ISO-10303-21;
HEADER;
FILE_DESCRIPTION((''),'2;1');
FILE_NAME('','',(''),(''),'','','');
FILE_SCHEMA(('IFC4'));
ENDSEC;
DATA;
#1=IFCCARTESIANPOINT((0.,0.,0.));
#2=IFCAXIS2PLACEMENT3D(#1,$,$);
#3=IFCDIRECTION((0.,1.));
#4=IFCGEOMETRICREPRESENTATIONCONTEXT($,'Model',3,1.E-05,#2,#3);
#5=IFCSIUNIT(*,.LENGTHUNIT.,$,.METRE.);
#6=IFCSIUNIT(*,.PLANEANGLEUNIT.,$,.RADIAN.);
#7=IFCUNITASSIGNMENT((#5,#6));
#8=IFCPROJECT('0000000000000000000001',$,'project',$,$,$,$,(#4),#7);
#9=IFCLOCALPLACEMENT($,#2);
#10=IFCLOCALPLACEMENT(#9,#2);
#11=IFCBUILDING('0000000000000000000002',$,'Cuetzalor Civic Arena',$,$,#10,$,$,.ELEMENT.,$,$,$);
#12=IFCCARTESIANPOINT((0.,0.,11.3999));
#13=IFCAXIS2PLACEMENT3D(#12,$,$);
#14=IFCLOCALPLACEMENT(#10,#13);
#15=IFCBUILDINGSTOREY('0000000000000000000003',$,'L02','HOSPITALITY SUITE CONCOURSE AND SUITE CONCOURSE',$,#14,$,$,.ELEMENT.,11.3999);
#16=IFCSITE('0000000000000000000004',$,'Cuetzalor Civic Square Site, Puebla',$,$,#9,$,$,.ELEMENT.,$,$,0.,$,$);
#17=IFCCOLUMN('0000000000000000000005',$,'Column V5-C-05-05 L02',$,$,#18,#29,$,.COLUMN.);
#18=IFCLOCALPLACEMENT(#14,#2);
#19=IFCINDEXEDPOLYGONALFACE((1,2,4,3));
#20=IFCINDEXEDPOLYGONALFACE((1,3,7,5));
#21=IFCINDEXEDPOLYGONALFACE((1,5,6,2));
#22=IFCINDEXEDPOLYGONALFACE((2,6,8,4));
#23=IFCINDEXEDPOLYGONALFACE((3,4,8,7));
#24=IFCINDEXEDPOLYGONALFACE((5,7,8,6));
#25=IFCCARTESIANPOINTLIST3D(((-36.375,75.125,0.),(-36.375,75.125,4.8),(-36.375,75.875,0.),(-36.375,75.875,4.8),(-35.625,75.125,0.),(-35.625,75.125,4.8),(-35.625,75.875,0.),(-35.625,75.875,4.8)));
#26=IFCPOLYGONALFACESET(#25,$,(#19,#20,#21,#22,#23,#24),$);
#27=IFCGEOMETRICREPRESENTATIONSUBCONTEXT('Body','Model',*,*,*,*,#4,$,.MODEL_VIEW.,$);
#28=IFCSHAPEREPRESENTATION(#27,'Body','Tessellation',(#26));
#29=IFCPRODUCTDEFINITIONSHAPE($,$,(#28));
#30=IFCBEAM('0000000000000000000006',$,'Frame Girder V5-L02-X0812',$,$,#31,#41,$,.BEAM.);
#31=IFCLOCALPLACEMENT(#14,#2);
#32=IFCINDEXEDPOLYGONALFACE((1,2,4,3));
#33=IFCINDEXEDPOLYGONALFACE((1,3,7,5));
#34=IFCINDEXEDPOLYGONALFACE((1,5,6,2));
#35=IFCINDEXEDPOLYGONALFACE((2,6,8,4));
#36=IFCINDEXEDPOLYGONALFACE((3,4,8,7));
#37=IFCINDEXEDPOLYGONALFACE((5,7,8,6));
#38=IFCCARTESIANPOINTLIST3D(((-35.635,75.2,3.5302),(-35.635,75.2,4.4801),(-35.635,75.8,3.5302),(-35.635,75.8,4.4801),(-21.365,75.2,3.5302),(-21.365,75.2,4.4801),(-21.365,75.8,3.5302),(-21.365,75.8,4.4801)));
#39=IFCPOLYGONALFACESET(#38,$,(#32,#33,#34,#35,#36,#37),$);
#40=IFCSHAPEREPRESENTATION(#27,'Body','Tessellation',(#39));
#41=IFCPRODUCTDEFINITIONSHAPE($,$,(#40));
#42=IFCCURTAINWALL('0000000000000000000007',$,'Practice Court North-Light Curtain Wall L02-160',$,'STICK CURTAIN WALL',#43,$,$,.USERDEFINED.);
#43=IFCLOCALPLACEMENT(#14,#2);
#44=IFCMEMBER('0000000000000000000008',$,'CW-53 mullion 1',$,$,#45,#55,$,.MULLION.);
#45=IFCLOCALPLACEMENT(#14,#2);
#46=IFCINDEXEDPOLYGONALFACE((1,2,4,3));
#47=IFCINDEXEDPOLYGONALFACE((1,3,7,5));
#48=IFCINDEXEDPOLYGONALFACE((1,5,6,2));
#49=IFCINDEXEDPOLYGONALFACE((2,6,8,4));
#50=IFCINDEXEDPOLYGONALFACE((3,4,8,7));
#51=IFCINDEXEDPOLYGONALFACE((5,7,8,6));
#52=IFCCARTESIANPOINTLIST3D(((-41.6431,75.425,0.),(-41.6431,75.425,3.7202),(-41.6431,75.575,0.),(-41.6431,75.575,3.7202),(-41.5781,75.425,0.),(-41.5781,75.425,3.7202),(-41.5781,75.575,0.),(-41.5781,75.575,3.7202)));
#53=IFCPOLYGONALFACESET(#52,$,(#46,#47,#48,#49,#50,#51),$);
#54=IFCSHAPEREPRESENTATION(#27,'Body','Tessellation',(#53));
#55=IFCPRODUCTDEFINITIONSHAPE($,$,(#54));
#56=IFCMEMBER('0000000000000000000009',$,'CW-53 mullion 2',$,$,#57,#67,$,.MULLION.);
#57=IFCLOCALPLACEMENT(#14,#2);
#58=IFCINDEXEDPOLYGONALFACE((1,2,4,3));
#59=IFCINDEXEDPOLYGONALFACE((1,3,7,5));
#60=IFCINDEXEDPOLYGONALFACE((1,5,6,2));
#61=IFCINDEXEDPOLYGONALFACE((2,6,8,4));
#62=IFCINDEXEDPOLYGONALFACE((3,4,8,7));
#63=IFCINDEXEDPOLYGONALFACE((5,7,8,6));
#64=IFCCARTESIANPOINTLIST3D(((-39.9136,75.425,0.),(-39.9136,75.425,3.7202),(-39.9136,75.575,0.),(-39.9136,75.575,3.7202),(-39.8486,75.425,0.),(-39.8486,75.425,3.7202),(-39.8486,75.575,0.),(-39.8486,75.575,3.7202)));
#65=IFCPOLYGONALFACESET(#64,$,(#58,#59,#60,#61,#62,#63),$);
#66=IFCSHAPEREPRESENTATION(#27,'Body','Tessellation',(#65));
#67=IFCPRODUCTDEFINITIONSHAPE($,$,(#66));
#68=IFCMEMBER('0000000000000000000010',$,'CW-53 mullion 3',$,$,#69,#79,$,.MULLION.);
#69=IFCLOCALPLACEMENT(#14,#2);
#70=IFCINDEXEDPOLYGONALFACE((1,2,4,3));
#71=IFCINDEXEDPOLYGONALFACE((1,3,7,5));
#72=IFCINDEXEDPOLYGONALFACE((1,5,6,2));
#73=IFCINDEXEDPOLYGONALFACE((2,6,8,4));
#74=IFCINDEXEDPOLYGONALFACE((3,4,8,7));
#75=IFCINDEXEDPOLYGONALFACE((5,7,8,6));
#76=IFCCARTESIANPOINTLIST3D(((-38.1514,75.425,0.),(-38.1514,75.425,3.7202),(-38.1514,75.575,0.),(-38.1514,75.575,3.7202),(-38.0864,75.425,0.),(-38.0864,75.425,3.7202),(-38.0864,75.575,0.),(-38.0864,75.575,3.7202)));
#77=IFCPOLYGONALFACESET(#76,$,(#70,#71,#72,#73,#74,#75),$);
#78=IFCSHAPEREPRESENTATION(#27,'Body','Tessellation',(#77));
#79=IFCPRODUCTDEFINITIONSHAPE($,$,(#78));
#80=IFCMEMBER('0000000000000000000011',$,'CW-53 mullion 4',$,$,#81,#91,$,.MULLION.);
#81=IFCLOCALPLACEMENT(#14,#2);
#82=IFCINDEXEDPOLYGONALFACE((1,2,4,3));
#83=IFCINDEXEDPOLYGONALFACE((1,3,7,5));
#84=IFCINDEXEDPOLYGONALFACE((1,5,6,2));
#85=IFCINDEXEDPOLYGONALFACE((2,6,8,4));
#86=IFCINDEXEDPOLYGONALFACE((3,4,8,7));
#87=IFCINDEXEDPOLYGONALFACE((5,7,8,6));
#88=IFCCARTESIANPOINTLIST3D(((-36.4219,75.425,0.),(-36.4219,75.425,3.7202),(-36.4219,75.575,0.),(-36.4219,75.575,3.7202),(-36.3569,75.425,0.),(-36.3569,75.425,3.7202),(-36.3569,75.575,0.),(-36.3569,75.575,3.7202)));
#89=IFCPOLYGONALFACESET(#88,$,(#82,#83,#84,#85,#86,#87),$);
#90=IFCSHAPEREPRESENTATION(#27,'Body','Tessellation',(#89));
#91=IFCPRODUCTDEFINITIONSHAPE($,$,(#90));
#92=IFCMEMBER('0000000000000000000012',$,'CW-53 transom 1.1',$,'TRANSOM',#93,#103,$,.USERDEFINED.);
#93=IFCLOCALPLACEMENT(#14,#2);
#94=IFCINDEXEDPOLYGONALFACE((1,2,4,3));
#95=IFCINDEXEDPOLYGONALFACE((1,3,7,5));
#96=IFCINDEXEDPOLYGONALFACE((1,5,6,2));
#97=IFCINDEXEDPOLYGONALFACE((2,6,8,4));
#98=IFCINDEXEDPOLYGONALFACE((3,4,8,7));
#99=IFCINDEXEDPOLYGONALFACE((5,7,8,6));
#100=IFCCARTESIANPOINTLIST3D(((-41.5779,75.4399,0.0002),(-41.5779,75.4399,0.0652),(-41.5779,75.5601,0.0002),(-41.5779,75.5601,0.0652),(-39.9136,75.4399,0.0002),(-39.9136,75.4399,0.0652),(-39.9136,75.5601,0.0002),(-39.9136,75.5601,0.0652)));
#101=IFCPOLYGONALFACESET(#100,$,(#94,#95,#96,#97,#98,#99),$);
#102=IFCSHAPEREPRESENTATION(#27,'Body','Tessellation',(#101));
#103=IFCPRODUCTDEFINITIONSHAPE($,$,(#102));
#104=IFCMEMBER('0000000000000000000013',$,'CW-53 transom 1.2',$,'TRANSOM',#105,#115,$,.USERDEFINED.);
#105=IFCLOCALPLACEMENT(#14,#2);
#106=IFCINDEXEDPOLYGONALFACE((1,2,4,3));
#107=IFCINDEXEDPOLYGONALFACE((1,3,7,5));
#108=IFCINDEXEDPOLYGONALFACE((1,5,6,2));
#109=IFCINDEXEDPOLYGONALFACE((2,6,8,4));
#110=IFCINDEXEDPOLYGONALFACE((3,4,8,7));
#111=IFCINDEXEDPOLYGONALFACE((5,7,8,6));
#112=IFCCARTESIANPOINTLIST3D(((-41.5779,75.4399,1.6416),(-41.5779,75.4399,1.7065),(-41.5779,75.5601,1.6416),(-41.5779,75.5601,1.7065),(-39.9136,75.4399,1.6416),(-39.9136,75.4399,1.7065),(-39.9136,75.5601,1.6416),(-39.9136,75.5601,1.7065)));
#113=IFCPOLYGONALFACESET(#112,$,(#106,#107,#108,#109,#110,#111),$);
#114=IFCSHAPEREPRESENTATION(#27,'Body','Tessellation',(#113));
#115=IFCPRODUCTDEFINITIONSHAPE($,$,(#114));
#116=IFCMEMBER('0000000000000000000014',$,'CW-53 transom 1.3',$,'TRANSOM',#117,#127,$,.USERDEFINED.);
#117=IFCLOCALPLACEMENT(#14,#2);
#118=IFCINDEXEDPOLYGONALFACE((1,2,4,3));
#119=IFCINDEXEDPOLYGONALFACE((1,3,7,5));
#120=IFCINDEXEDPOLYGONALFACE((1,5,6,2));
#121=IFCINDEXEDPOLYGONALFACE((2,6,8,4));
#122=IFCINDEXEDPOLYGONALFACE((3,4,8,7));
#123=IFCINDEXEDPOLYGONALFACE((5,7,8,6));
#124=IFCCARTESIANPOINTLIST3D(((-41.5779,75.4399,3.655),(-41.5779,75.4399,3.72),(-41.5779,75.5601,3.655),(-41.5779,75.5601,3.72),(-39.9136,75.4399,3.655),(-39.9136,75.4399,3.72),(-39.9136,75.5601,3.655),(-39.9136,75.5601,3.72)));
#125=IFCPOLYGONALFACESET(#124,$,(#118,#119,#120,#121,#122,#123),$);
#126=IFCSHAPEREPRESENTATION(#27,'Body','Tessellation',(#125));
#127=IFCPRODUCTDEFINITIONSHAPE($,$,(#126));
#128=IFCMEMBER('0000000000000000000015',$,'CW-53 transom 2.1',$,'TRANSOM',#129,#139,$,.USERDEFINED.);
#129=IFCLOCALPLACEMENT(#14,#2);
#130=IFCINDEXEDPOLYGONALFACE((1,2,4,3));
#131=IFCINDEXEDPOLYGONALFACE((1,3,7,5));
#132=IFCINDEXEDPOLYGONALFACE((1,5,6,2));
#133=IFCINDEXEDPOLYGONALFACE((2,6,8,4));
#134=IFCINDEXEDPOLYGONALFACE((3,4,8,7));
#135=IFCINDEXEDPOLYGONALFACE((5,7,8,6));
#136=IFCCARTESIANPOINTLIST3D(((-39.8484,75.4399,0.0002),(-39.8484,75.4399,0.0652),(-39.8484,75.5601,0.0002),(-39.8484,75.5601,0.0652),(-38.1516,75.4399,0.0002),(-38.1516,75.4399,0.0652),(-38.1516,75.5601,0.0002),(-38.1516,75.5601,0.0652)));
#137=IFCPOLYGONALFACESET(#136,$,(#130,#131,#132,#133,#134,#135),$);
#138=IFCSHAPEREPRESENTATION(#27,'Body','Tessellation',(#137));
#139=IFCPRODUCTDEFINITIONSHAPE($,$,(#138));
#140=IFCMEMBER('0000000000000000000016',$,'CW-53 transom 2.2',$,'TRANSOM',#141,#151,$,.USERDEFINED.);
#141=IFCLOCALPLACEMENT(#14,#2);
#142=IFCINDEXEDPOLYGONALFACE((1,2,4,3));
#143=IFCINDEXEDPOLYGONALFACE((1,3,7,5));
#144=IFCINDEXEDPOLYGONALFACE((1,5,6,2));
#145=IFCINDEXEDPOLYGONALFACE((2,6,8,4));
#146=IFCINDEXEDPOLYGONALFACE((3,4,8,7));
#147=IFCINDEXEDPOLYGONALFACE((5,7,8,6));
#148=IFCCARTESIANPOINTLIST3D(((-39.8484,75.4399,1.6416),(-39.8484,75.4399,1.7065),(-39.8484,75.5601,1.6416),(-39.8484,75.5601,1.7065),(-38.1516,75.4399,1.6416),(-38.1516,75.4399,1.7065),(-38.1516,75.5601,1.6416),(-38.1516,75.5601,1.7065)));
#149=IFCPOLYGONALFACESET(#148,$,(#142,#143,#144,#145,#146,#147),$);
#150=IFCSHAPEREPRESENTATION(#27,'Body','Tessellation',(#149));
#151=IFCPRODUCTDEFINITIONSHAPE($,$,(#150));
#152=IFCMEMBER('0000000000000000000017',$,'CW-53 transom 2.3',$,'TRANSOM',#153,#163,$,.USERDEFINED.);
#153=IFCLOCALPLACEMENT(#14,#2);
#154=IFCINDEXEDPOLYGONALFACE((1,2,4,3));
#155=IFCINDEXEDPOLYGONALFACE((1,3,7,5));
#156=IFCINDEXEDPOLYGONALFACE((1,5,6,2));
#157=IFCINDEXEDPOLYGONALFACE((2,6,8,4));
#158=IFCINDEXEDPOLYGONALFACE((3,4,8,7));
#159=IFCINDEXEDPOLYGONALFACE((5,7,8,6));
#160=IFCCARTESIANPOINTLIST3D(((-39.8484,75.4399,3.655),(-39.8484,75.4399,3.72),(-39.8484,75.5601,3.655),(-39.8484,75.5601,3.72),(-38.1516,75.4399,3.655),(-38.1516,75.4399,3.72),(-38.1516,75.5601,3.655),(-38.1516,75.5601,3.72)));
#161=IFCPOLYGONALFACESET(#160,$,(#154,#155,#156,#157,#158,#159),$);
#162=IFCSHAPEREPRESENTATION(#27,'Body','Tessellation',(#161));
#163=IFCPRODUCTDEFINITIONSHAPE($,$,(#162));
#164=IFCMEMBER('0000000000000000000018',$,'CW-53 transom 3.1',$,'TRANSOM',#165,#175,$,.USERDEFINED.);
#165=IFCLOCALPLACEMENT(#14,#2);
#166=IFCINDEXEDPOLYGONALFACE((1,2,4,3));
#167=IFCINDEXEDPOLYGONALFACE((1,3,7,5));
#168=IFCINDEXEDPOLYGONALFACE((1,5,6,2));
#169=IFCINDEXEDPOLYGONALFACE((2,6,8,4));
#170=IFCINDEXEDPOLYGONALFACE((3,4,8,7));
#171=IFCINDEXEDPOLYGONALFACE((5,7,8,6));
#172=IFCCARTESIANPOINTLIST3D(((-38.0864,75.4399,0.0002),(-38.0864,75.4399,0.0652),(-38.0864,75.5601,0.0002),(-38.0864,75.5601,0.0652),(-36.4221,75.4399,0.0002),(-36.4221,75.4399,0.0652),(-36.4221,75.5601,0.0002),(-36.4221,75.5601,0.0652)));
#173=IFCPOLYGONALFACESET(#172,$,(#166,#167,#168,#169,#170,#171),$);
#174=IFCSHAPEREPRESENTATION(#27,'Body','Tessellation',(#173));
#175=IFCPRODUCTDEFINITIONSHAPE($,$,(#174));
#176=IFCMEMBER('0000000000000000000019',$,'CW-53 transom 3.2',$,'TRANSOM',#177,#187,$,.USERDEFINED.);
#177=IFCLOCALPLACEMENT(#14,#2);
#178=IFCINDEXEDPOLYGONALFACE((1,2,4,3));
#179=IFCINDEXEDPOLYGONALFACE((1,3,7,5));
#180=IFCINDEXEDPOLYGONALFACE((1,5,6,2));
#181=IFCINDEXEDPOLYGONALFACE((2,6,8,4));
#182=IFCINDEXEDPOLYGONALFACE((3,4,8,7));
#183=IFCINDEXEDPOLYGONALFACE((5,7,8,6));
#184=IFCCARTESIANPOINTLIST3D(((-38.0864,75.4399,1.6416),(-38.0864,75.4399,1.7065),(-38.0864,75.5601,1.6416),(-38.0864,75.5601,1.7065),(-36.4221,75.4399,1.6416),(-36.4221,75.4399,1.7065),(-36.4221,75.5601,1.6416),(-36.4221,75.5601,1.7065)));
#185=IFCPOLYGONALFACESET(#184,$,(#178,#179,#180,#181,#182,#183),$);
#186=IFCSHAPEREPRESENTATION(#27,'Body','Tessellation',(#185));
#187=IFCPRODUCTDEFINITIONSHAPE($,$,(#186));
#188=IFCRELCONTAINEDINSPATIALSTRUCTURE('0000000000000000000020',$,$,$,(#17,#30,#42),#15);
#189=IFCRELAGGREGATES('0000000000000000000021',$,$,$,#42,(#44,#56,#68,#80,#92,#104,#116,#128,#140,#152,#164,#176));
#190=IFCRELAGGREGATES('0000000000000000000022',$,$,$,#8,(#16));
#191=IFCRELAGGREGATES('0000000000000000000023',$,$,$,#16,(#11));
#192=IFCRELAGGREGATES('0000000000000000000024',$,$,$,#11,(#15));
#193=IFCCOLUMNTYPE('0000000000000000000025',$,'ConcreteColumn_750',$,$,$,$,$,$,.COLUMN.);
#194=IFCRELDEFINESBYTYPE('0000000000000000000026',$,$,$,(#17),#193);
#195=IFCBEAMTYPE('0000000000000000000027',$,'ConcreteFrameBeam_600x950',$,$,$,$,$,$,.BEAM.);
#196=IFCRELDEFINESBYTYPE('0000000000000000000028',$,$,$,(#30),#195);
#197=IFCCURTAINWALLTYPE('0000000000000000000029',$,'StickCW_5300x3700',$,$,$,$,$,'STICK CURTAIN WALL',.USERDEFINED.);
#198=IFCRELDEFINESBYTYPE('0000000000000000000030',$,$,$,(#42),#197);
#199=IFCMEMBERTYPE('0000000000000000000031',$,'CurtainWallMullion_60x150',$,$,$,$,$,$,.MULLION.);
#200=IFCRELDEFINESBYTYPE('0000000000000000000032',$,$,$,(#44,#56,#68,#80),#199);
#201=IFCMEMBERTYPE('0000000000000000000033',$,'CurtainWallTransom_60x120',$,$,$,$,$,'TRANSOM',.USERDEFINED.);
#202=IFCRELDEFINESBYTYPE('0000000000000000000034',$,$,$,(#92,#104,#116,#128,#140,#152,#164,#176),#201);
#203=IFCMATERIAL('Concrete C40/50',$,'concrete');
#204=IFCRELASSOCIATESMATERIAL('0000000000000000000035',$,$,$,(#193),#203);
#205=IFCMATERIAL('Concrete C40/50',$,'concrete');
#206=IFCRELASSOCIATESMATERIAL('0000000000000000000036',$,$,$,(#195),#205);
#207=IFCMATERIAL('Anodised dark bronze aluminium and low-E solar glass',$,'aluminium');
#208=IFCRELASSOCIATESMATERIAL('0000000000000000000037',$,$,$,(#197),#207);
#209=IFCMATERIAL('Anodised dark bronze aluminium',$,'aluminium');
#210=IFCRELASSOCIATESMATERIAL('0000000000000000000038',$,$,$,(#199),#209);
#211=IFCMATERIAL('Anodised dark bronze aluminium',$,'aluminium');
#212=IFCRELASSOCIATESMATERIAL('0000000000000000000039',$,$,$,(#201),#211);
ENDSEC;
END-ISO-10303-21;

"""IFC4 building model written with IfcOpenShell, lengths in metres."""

from ifc_helpers import new_model, si_unit, direction, frame, origin, origin_2d, place, context, subcontext, project, spatial, rectangle, extrude, material, material_profile, profile_set, type_object, element, aggregate, save


model = new_model("IFC4")

# Units and contexts
model_context = context("Model", 3, precision=1e-05, world=origin(), true_north=direction((0.0, 1.0)))
body_context = subcontext(model_context, "Body", "Model", "MODEL_VIEW")
ifc_project = project(units=[si_unit("LENGTHUNIT", "METRE"), si_unit("PLANEANGLEUNIT", "RADIAN")], contexts=[model_context])

# Site, building, storey
site_placement = place(None, origin())
site = spatial("IfcSite", under=ifc_project, at=site_placement, Name="Cuetzalor Civic Square Site, Puebla", CompositionType="ELEMENT", RefElevation=0.0)
building_placement = place(site_placement, origin())
building = spatial("IfcBuilding", under=site, at=building_placement, Name="Cuetzalor Civic Arena", CompositionType="ELEMENT")
storey_placement = place(building_placement, frame((0.0, 0.0, 11.3999)))
storey = spatial("IfcBuildingStorey", under=building, at=storey_placement, Name="L02", Description="HOSPITALITY SUITE CONCOURSE AND SUITE CONCOURSE", CompositionType="ELEMENT", Elevation=11.3999)

# Column
ifc_material_1 = material(Name="Concrete C40/50", Category="concrete")
ifc_material_profile_1 = material_profile(ifc_material_1, rectangle(XDim=0.75, YDim=0.75, at=origin_2d()), Name="RC 750x750")
ifc_profile_set_1 = profile_set([ifc_material_profile_1], Name="Concrete C40/50")
column_type = type_object("IfcColumnType", Name="ConcreteColumn_750", PredefinedType="COLUMN", material=ifc_profile_set_1)
column_placement = place(storey_placement, frame((-36.0, 75.5, 0.0), z_axis=(0.0, 0.0, 1.0), x_axis=(1.0, 0.0, 0.0)))
element("IfcColumn", 1, at=column_placement, inside=storey, type_object=column_type, Name="Column V5-C-05-05 L02", PredefinedType="COLUMN", context=body_context, shape_type="SweptSolid", body=[
    extrude(rectangle(XDim=0.75, YDim=0.75, at=origin_2d()), origin(), (0.0, 0.0, 1.0), 4.8),
])

# Beam
ifc_material_2 = material(Name="Concrete C40/50", Category="concrete")
ifc_material_profile_2 = material_profile(ifc_material_2, rectangle(XDim=0.6001, YDim=0.95, at=origin_2d()), Name="RC 600x950")
ifc_profile_set_2 = profile_set([ifc_material_profile_2], Name="Concrete C40/50")
beam_type = type_object("IfcBeamType", Name="ConcreteFrameBeam_600x950", PredefinedType="BEAM", material=ifc_profile_set_2)
beam_placement = place(storey_placement, frame((-35.635, 75.5, 4.0051), z_axis=(1.0, 0.0, 0.0), x_axis=(0.0, 1.0, 0.0)))
element("IfcBeam", 2, at=beam_placement, inside=storey, type_object=beam_type, Name="Frame Girder V5-L02-X0812", PredefinedType="BEAM", context=body_context, shape_type="SweptSolid", body=[
    extrude(rectangle(XDim=0.6001, YDim=0.95, at=origin_2d()), origin(), (0.0, 0.0, 1.0), 14.27),
])

# Curtain wall, members
ifc_material_3 = material(Name="Anodised dark bronze aluminium and low-E solar glass", Category="aluminium")
curtain_wall_type = type_object("IfcCurtainWallType", Name="StickCW_5300x3700", ElementType="STICK CURTAIN WALL", PredefinedType="USERDEFINED", material=ifc_material_3)
curtain_wall_placement = place(storey_placement, origin())
curtain_wall = element("IfcCurtainWall", 3, at=curtain_wall_placement, inside=storey, type_object=curtain_wall_type, Name="Practice Court North-Light Curtain Wall L02-160", ObjectType="STICK CURTAIN WALL", PredefinedType="USERDEFINED")
ifc_material_4 = material(Name="Anodised dark bronze aluminium", Category="aluminium")
ifc_material_profile_3 = material_profile(ifc_material_4, rectangle(XDim=0.0649, YDim=0.1499, at=origin_2d()), Name="ALU MULLION 65x150")
ifc_profile_set_3 = profile_set([ifc_material_profile_3], Name="Anodised dark bronze aluminium")
member_type_1 = type_object("IfcMemberType", Name="CurtainWallMullion_60x150", PredefinedType="MULLION", material=ifc_profile_set_3)
member_1_placement = place(storey_placement, frame((-41.6106, 75.5, 0.0), z_axis=(0.0, 0.0, 1.0), x_axis=(1.0, 0.0, 0.0)))
member_1 = element("IfcMember", 4, at=member_1_placement, type_object=member_type_1, Name="CW-53 mullion 1", PredefinedType="MULLION", context=body_context, shape_type="SweptSolid", body=[
    extrude(rectangle(XDim=0.0649, YDim=0.1499, at=origin_2d()), origin(), (0.0, 0.0, 1.0), 3.7202),
])
member_2_placement = place(storey_placement, frame((-39.8811, 75.5, 0.0), z_axis=(0.0, 0.0, 1.0), x_axis=(1.0, 0.0, 0.0)))
member_2 = element("IfcMember", 5, at=member_2_placement, type_object=member_type_1, Name="CW-53 mullion 2", PredefinedType="MULLION", context=body_context, shape_type="SweptSolid", body=[
    extrude(rectangle(XDim=0.0649, YDim=0.1499, at=origin_2d()), origin(), (0.0, 0.0, 1.0), 3.7202),
])
member_3_placement = place(storey_placement, frame((-38.1189, 75.5, 0.0), z_axis=(0.0, 0.0, 1.0), x_axis=(1.0, 0.0, 0.0)))
member_3 = element("IfcMember", 6, at=member_3_placement, type_object=member_type_1, Name="CW-53 mullion 3", PredefinedType="MULLION", context=body_context, shape_type="SweptSolid", body=[
    extrude(rectangle(XDim=0.0649, YDim=0.1499, at=origin_2d()), origin(), (0.0, 0.0, 1.0), 3.7202),
])
member_4_placement = place(storey_placement, frame((-36.3894, 75.5, 0.0), z_axis=(0.0, 0.0, 1.0), x_axis=(1.0, 0.0, 0.0)))
member_4 = element("IfcMember", 7, at=member_4_placement, type_object=member_type_1, Name="CW-53 mullion 4", PredefinedType="MULLION", context=body_context, shape_type="SweptSolid", body=[
    extrude(rectangle(XDim=0.0649, YDim=0.1499, at=origin_2d()), origin(), (0.0, 0.0, 1.0), 3.7202),
])
ifc_material_5 = material(Name="Anodised dark bronze aluminium", Category="aluminium")
ifc_material_profile_4 = material_profile(ifc_material_5, rectangle(XDim=0.1201, YDim=0.0649, at=origin_2d()), Name="ALU TRANSOM 65x120")
ifc_profile_set_4 = profile_set([ifc_material_profile_4], Name="Anodised dark bronze aluminium")
member_type_2 = type_object("IfcMemberType", Name="CurtainWallTransom_60x120", ElementType="TRANSOM", PredefinedType="USERDEFINED", material=ifc_profile_set_4)
member_5_placement = place(storey_placement, frame((-41.5779, 75.5, 0.0327), z_axis=(1.0, 0.0, 0.0), x_axis=(0.0, 1.0, 0.0)))
member_5 = element("IfcMember", 8, at=member_5_placement, type_object=member_type_2, Name="CW-53 transom 1.1", ObjectType="TRANSOM", PredefinedType="USERDEFINED", context=body_context, shape_type="SweptSolid", body=[
    extrude(rectangle(XDim=0.1201, YDim=0.0649, at=origin_2d()), origin(), (0.0, 0.0, 1.0), 1.6643),
])
member_6_placement = place(storey_placement, frame((-41.5779, 75.5, 1.6741), z_axis=(1.0, 0.0, 0.0), x_axis=(0.0, 1.0, 0.0)))
member_6 = element("IfcMember", 9, at=member_6_placement, type_object=member_type_2, Name="CW-53 transom 1.2", ObjectType="TRANSOM", PredefinedType="USERDEFINED", context=body_context, shape_type="SweptSolid", body=[
    extrude(rectangle(XDim=0.1201, YDim=0.0649, at=origin_2d()), origin(), (0.0, 0.0, 1.0), 1.6643),
])
member_7_placement = place(storey_placement, frame((-41.5779, 75.5, 3.6875), z_axis=(1.0, 0.0, 0.0), x_axis=(0.0, 1.0, 0.0)))
member_7 = element("IfcMember", 10, at=member_7_placement, type_object=member_type_2, Name="CW-53 transom 1.3", ObjectType="TRANSOM", PredefinedType="USERDEFINED", context=body_context, shape_type="SweptSolid", body=[
    extrude(rectangle(XDim=0.1201, YDim=0.0649, at=origin_2d()), origin(), (0.0, 0.0, 1.0), 1.6643),
])
member_8_placement = place(storey_placement, frame((-39.8484, 75.5, 0.0327), z_axis=(1.0, 0.0, 0.0), x_axis=(0.0, 1.0, 0.0)))
member_8 = element("IfcMember", 11, at=member_8_placement, type_object=member_type_2, Name="CW-53 transom 2.1", ObjectType="TRANSOM", PredefinedType="USERDEFINED", context=body_context, shape_type="SweptSolid", body=[
    extrude(rectangle(XDim=0.1201, YDim=0.0649, at=origin_2d()), origin(), (0.0, 0.0, 1.0), 1.6968),
])
member_9_placement = place(storey_placement, frame((-39.8484, 75.5, 1.6741), z_axis=(1.0, 0.0, 0.0), x_axis=(0.0, 1.0, 0.0)))
member_9 = element("IfcMember", 12, at=member_9_placement, type_object=member_type_2, Name="CW-53 transom 2.2", ObjectType="TRANSOM", PredefinedType="USERDEFINED", context=body_context, shape_type="SweptSolid", body=[
    extrude(rectangle(XDim=0.1201, YDim=0.0649, at=origin_2d()), origin(), (0.0, 0.0, 1.0), 1.6968),
])
member_10_placement = place(storey_placement, frame((-39.8484, 75.5, 3.6875), z_axis=(1.0, 0.0, 0.0), x_axis=(0.0, 1.0, 0.0)))
member_10 = element("IfcMember", 13, at=member_10_placement, type_object=member_type_2, Name="CW-53 transom 2.3", ObjectType="TRANSOM", PredefinedType="USERDEFINED", context=body_context, shape_type="SweptSolid", body=[
    extrude(rectangle(XDim=0.1201, YDim=0.0649, at=origin_2d()), origin(), (0.0, 0.0, 1.0), 1.6968),
])
member_11_placement = place(storey_placement, frame((-38.0864, 75.5, 0.0327), z_axis=(1.0, 0.0, 0.0), x_axis=(0.0, 1.0, 0.0)))
member_11 = element("IfcMember", 14, at=member_11_placement, type_object=member_type_2, Name="CW-53 transom 3.1", ObjectType="TRANSOM", PredefinedType="USERDEFINED", context=body_context, shape_type="SweptSolid", body=[
    extrude(rectangle(XDim=0.1201, YDim=0.0649, at=origin_2d()), origin(), (0.0, 0.0, 1.0), 1.6643),
])
member_12_placement = place(storey_placement, frame((-38.0864, 75.5, 1.6741), z_axis=(1.0, 0.0, 0.0), x_axis=(0.0, 1.0, 0.0)))
member_12 = element("IfcMember", 15, at=member_12_placement, type_object=member_type_2, Name="CW-53 transom 3.2", ObjectType="TRANSOM", PredefinedType="USERDEFINED", context=body_context, shape_type="SweptSolid", body=[
    extrude(rectangle(XDim=0.1201, YDim=0.0649, at=origin_2d()), origin(), (0.0, 0.0, 1.0), 1.6643),
])
aggregate(curtain_wall, [member_1, member_2, member_3, member_4, member_5, member_6, member_7, member_8, member_9, member_10, member_11, member_12])

save(model, "model.ifc")
